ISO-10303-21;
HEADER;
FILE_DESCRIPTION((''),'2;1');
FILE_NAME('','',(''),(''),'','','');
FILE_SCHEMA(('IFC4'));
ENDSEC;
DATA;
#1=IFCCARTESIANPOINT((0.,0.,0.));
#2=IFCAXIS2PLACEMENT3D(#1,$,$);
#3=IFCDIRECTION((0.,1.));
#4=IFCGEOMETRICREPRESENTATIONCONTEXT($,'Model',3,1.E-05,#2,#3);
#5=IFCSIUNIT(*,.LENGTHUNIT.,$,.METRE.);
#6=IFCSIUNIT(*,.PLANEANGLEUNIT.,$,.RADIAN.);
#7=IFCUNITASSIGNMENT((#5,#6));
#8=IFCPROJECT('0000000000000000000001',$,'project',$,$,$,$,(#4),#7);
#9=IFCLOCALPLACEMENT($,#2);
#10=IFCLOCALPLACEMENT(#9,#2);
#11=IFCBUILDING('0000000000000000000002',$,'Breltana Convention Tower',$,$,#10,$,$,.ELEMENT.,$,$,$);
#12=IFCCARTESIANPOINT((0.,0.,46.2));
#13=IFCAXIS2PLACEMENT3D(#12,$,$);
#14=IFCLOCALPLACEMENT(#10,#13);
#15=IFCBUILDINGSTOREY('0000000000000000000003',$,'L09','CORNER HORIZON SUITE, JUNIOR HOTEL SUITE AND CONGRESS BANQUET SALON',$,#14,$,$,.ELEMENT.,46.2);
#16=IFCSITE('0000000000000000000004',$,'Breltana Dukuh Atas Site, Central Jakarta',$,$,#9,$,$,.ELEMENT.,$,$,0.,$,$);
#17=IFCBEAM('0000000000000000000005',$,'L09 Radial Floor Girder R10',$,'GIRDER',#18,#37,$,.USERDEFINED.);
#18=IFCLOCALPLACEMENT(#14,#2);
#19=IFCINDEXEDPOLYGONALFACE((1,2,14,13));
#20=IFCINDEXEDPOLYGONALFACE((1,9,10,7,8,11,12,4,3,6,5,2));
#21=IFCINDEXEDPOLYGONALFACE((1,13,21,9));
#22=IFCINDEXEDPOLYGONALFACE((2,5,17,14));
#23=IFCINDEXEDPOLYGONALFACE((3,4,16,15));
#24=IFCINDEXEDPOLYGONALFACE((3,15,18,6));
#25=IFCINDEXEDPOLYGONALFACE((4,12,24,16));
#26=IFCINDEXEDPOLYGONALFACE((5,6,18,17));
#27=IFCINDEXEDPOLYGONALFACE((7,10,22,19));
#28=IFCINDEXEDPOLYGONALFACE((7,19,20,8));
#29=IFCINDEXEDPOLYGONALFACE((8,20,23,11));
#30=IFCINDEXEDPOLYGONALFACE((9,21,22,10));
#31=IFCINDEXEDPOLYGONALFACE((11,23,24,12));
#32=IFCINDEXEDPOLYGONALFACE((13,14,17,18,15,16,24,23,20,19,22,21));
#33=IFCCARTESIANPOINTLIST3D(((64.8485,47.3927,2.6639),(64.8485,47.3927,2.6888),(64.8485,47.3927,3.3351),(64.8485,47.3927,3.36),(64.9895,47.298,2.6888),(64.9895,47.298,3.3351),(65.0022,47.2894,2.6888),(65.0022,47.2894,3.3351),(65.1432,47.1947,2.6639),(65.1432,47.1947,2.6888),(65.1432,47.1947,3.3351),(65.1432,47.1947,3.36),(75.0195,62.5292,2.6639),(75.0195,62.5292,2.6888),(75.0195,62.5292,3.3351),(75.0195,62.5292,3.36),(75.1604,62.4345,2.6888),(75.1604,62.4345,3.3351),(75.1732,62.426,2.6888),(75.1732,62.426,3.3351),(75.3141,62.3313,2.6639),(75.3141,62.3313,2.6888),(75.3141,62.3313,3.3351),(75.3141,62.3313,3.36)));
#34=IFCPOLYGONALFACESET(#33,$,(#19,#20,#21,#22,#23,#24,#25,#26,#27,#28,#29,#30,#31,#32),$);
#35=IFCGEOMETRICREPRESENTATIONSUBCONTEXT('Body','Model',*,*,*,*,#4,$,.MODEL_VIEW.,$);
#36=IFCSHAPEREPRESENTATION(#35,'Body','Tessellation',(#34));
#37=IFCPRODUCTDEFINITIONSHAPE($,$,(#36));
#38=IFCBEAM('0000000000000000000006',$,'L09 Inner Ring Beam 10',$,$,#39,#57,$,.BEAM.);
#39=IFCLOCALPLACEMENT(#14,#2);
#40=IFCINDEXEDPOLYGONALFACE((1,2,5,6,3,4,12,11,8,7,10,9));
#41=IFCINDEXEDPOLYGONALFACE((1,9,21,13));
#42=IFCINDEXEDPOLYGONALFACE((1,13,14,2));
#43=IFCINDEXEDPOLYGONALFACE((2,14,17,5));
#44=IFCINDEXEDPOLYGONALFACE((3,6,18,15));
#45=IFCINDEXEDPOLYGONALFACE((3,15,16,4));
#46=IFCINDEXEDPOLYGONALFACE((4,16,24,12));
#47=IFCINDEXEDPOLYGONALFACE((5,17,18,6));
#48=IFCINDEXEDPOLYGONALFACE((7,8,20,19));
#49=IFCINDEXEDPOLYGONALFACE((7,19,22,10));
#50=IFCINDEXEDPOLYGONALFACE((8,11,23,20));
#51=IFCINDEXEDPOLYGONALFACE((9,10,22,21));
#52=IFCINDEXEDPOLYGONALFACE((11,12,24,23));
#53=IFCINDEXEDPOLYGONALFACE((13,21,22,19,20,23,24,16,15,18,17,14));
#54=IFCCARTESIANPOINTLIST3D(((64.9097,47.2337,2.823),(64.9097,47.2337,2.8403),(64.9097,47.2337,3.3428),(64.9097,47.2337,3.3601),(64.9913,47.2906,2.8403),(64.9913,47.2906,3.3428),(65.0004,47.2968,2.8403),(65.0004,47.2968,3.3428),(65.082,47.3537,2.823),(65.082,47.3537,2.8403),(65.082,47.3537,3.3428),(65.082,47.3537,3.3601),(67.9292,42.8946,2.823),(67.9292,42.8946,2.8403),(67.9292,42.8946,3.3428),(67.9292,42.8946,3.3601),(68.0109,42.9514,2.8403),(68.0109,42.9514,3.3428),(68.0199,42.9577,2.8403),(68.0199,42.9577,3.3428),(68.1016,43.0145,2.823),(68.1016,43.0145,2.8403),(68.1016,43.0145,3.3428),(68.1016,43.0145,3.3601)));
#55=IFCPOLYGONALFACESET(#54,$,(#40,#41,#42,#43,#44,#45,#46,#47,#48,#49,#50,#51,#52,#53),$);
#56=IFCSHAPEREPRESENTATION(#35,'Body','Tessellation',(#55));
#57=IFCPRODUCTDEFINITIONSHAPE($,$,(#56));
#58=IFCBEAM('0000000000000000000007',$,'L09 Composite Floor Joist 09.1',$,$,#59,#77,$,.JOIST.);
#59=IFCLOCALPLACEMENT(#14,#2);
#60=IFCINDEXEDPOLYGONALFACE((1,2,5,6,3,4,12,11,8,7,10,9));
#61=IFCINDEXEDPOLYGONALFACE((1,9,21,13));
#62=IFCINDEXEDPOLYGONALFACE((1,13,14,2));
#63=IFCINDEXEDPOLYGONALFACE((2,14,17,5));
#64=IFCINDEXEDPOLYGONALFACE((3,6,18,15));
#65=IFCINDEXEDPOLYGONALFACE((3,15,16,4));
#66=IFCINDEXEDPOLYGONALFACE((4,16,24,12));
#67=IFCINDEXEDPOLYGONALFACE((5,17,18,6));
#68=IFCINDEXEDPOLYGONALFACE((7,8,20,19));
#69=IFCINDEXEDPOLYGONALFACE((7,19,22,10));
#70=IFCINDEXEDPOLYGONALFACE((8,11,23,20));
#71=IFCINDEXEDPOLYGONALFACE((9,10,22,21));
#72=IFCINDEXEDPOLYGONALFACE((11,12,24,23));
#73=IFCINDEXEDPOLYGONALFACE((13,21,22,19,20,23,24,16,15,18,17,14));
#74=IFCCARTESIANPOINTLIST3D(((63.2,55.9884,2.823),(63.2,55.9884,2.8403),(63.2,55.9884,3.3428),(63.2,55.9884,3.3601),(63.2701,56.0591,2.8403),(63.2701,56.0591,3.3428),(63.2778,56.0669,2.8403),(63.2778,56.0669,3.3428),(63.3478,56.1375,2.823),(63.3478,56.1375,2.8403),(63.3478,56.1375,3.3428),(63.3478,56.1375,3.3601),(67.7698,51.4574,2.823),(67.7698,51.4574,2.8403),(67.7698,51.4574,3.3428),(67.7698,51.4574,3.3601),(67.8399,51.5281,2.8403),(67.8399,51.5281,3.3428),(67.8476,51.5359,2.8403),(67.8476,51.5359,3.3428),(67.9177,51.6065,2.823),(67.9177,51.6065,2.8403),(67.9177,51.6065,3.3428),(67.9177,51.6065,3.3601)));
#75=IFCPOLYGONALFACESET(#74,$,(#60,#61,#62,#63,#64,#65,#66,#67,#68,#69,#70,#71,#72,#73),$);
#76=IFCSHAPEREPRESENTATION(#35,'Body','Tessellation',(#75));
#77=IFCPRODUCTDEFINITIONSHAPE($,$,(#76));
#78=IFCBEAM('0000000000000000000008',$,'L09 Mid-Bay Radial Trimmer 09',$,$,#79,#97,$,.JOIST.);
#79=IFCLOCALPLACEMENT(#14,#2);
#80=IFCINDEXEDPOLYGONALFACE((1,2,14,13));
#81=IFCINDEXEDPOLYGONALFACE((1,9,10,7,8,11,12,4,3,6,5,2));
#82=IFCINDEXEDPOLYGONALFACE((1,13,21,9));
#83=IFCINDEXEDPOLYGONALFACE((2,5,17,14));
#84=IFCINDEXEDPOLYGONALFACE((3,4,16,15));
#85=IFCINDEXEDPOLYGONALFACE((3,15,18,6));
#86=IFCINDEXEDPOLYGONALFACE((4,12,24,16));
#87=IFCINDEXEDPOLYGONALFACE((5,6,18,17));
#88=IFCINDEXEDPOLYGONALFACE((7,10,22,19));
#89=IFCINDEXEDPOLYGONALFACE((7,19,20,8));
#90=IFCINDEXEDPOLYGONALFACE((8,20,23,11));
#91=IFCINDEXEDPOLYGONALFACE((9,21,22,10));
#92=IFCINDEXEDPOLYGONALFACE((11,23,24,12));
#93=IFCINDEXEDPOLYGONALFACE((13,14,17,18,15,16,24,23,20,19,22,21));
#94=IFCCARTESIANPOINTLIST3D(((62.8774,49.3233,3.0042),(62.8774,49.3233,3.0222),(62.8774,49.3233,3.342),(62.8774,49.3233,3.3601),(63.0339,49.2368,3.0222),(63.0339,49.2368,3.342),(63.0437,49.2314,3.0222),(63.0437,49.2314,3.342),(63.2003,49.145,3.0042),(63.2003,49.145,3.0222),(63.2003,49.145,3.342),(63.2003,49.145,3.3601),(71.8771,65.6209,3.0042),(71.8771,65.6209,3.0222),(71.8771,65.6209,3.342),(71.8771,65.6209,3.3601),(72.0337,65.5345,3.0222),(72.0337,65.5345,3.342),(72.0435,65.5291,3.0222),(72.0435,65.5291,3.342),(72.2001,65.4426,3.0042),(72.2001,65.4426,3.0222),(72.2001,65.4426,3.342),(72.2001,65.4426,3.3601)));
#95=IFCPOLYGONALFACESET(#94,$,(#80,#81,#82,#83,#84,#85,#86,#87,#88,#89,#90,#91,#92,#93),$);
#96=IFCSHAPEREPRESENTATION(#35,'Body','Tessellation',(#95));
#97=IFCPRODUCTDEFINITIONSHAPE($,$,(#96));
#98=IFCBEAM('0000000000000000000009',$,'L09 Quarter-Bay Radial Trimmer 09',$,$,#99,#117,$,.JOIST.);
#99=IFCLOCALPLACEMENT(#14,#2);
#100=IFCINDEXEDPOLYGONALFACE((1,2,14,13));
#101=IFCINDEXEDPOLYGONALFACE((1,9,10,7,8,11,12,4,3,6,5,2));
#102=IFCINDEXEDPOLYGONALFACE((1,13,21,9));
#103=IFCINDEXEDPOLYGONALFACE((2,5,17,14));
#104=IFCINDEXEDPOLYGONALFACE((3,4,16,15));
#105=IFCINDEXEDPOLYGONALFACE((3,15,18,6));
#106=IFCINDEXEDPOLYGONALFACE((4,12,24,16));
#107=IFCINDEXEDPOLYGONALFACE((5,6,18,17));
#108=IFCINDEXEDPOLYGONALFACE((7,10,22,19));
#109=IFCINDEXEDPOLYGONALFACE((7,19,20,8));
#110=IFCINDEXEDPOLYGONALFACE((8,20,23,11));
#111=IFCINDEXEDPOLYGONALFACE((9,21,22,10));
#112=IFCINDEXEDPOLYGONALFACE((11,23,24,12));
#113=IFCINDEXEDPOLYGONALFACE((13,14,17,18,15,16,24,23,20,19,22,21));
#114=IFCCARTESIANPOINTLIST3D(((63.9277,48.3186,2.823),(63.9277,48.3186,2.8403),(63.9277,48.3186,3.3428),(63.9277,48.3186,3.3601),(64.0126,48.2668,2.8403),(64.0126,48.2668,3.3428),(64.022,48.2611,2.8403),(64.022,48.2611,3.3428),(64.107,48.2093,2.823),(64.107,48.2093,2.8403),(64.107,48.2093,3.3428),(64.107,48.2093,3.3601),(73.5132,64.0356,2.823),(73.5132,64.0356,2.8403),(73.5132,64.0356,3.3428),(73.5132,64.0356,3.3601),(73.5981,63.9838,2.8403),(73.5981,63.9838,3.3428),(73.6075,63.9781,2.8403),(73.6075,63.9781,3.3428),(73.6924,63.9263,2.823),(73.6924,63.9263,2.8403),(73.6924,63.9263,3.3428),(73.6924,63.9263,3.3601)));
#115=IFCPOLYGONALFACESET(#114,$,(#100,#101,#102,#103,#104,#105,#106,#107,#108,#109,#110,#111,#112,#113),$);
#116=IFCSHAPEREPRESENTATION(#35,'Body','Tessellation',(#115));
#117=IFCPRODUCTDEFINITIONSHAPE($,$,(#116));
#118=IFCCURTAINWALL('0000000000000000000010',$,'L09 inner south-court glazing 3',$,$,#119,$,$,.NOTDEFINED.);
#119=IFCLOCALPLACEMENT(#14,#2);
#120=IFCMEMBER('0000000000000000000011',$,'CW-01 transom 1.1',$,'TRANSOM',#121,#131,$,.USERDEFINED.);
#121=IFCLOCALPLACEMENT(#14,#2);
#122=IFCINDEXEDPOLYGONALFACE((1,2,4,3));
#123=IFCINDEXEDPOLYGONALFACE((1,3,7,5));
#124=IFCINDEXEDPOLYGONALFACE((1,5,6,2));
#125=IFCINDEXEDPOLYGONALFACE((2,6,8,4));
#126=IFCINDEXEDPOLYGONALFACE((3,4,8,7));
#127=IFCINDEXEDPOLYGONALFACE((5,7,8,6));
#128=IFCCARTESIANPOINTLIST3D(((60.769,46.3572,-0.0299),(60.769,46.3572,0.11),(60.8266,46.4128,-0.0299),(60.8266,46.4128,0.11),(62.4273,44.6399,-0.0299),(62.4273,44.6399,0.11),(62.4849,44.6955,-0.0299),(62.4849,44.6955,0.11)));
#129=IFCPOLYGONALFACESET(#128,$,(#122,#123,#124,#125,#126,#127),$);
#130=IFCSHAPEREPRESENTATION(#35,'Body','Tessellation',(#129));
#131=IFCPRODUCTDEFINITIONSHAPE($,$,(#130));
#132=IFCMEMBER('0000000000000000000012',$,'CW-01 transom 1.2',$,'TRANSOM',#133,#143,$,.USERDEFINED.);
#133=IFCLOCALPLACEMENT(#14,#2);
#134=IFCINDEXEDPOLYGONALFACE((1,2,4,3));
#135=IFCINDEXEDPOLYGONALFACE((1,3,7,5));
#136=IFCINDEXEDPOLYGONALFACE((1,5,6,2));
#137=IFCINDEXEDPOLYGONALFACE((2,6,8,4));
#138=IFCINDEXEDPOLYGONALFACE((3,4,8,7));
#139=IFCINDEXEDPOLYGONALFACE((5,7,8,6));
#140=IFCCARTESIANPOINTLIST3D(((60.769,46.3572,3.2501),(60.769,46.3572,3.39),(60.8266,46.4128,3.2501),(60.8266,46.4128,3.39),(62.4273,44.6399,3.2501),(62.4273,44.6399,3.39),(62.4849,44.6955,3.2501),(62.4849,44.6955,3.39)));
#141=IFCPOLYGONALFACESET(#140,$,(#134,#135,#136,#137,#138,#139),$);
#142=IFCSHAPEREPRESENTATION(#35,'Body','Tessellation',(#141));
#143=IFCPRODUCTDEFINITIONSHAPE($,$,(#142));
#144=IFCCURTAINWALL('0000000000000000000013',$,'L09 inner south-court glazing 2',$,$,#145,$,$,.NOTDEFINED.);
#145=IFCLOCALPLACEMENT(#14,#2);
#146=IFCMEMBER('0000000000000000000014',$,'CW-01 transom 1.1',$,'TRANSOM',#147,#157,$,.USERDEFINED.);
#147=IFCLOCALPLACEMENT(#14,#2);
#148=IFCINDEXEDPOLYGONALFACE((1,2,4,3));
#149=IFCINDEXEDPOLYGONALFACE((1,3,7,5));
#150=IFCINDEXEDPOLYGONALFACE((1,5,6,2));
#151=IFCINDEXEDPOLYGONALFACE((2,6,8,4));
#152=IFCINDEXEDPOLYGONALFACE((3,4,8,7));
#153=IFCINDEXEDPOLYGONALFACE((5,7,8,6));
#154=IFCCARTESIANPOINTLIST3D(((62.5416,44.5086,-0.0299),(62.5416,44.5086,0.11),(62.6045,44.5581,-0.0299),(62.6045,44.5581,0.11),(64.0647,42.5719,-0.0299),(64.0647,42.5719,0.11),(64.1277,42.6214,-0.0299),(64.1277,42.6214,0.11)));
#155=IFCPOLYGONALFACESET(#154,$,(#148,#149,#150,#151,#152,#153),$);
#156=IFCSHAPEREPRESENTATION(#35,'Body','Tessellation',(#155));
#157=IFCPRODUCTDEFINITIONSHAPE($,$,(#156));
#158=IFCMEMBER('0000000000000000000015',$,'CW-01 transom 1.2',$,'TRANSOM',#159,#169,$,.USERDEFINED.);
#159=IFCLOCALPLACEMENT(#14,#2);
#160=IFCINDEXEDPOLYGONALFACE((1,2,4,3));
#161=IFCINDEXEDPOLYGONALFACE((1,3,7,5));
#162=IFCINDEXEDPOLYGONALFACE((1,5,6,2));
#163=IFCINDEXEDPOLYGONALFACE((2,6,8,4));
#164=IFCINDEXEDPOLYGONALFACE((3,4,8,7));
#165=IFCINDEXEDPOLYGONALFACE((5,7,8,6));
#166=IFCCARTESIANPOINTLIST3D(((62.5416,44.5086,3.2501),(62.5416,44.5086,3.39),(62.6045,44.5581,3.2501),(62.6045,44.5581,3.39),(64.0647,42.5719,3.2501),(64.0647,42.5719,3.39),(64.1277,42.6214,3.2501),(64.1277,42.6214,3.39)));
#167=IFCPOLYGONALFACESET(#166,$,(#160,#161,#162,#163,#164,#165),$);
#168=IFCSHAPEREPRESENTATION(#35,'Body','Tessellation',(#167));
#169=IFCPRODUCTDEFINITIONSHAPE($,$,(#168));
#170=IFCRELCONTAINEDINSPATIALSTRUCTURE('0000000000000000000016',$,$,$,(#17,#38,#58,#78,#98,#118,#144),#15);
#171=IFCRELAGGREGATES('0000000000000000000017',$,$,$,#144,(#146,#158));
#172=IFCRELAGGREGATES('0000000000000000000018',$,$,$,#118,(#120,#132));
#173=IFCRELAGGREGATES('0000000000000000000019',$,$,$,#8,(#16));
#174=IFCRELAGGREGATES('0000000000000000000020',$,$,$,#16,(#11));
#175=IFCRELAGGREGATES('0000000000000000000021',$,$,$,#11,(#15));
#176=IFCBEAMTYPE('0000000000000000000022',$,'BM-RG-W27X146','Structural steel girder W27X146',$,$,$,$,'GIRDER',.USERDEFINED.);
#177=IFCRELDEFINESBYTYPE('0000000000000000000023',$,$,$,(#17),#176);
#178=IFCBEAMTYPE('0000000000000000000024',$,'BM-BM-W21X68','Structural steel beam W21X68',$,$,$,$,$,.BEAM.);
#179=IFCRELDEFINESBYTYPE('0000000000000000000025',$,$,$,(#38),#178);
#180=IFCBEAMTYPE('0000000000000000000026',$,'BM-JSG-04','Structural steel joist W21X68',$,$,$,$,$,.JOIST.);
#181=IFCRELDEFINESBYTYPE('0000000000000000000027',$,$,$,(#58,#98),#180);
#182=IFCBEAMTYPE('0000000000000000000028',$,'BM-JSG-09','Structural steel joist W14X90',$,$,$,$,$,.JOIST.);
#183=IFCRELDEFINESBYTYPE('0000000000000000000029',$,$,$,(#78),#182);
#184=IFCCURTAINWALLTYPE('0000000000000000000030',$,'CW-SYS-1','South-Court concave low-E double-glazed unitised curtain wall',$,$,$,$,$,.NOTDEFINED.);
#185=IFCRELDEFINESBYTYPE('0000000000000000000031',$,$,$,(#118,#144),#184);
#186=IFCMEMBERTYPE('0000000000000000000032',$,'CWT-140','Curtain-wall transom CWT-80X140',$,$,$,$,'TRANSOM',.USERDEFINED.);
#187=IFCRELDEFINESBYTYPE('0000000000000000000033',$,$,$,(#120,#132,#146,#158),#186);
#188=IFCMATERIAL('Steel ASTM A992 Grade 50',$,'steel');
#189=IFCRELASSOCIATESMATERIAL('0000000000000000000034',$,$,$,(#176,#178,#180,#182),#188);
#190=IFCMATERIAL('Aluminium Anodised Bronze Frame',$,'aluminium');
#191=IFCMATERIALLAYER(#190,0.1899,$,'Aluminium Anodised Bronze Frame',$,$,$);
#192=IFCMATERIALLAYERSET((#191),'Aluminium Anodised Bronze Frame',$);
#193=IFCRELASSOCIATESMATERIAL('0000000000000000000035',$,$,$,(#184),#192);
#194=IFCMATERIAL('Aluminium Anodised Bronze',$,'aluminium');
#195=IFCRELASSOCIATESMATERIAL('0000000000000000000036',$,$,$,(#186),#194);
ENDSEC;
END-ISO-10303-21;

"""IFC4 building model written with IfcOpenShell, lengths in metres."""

from ifc_helpers import new_model, si_unit, direction, frame, origin, origin_2d, place, context, subcontext, project, spatial, rectangle, i_section, extrude, source, transform, mapped, material, layer, layer_set, material_profile, profile_set, type_object, type_shapes, element, aggregate, save


model = new_model("IFC4")

# Units and contexts
model_context = context("Model", 3, precision=1e-05, world=origin(), true_north=direction((0.0, 1.0)))
body_context = subcontext(model_context, "Body", "Model", "MODEL_VIEW")
ifc_project = project(units=[si_unit("LENGTHUNIT", "METRE"), si_unit("PLANEANGLEUNIT", "RADIAN")], contexts=[model_context])

# Site, building, storey
site_placement = place(None, origin())
site = spatial("IfcSite", under=ifc_project, at=site_placement, Name="Breltana Dukuh Atas Site, Central Jakarta", CompositionType="ELEMENT", RefElevation=0.0)
building_placement = place(site_placement, origin())
building = spatial("IfcBuilding", under=site, at=building_placement, Name="Breltana Convention Tower", CompositionType="ELEMENT")
storey_placement = place(building_placement, frame((0.0, 0.0, 46.2)))
storey = spatial("IfcBuildingStorey", under=building, at=storey_placement, Name="L09", Description="CORNER HORIZON SUITE, JUNIOR HOTEL SUITE AND CONGRESS BANQUET SALON", CompositionType="ELEMENT", Elevation=46.2)

# Beams
ifc_material_1 = material(Name="Steel ASTM A992 Grade 50", Category="steel")
ifc_material_profile_1 = material_profile(ifc_material_1, i_section(OverallWidth=0.355, OverallDepth=0.696, WebThickness=0.0154, FlangeThickness=0.0249, at=origin_2d()), Name="W27X146")
ifc_profile_set_1 = profile_set([ifc_material_profile_1], Name="Steel ASTM A992 Grade 50")
beam_type_1 = type_object("IfcBeamType", Name="BM-RG-W27X146", Description="Structural steel girder W27X146", ElementType="GIRDER", PredefinedType="USERDEFINED", material=ifc_profile_set_1)
shared_shape_1 = source(origin(), body_context, "Body", "SweptSolid", [
    extrude(i_section(OverallWidth=0.355, OverallDepth=0.696, WebThickness=0.0154, FlangeThickness=0.0249, at=origin_2d()), origin(), (0.0, 0.0, 1.0), 18.2363),
])
beam_1_placement = place(storey_placement, frame((64.9958, 47.2937, 3.012), z_axis=(0.55773, 0.830022, 0.0), x_axis=(-0.830022, 0.55773, 0.0)))
element("IfcBeam", 1, at=beam_1_placement, inside=storey, type_object=beam_type_1, Name="L09 Radial Floor Girder R10", ObjectType="GIRDER", PredefinedType="USERDEFINED", context=body_context, shape_type="MappedRepresentation", body=[
    mapped(shared_shape_1, transform((0.0, 0.0, 0.0), scale=1.0)),
])
ifc_material_profile_2 = material_profile(ifc_material_1, i_section(OverallWidth=0.21, OverallDepth=0.5371, WebThickness=0.011, FlangeThickness=0.0173, at=origin_2d()), Name="W21X68")
ifc_profile_set_2 = profile_set([ifc_material_profile_2], Name="Steel ASTM A992 Grade 50")
beam_type_2 = type_object("IfcBeamType", Name="BM-BM-W21X68", Description="Structural steel beam W21X68", PredefinedType="BEAM", material=ifc_profile_set_2)
shared_shape_2 = source(origin(), body_context, "Body", "SweptSolid", [
    extrude(i_section(OverallWidth=0.21, OverallDepth=0.5371, WebThickness=0.011, FlangeThickness=0.0173, at=origin_2d()), origin(), (0.0, 0.0, 1.0), 5.2864),
])
beam_2_placement = place(storey_placement, frame((64.9958, 47.2937, 3.0916), z_axis=(0.571194, -0.820815, 0.0), x_axis=(0.820815, 0.571194, 0.0)))
element("IfcBeam", 2, at=beam_2_placement, inside=storey, type_object=beam_type_2, Name="L09 Inner Ring Beam 10", PredefinedType="BEAM", context=body_context, shape_type="MappedRepresentation", body=[
    mapped(shared_shape_2, transform((0.0, 0.0, 0.0), scale=1.0)),
])
ifc_material_profile_3 = material_profile(ifc_material_1, i_section(OverallWidth=0.21, OverallDepth=0.5371, WebThickness=0.011, FlangeThickness=0.0173, at=origin_2d()), Name="W21X68")
ifc_profile_set_3 = profile_set([ifc_material_profile_3], Name="Steel ASTM A992 Grade 50")
beam_type_3 = type_object("IfcBeamType", Name="BM-JSG-04", Description="Structural steel joist W21X68", PredefinedType="JOIST", material=ifc_profile_set_3)
shared_shape_3 = source(origin(), body_context, "Body", "SweptSolid", [
    extrude(i_section(OverallWidth=0.21, OverallDepth=0.5371, WebThickness=0.011, FlangeThickness=0.0173, at=origin_2d()), origin(), (0.0, 0.0, 1.0), 6.4353),
])
beam_3_placement = place(storey_placement, frame((63.2739, 56.063, 3.0916), z_axis=(0.710116, -0.704084, 0.0), x_axis=(0.704084, 0.710116, 0.0)))
element("IfcBeam", 3, at=beam_3_placement, inside=storey, type_object=beam_type_3, Name="L09 Composite Floor Joist 09.1", PredefinedType="JOIST", context=body_context, shape_type="MappedRepresentation", body=[
    mapped(shared_shape_3, transform((0.0, 0.0, 0.0), scale=1.0)),
])
ifc_material_profile_4 = material_profile(ifc_material_1, i_section(OverallWidth=0.3689, OverallDepth=0.356, WebThickness=0.0112, FlangeThickness=0.0181, at=origin_2d()), Name="W14X90")
ifc_profile_set_4 = profile_set([ifc_material_profile_4], Name="Steel ASTM A992 Grade 50")
beam_type_4 = type_object("IfcBeamType", Name="BM-JSG-09", Description="Structural steel joist W14X90", PredefinedType="JOIST", material=ifc_profile_set_4)
shared_shape_4 = source(origin(), body_context, "Body", "SweptSolid", [
    extrude(i_section(OverallWidth=0.3689, OverallDepth=0.356, WebThickness=0.0112, FlangeThickness=0.0181, at=origin_2d()), origin(), (0.0, 0.0, 1.0), 18.6174),
])
beam_4_placement = place(storey_placement, frame((63.0388, 49.2341, 3.1821), z_axis=(0.483406, 0.875396, 0.0), x_axis=(-0.875396, 0.483406, 0.0)))
element("IfcBeam", 4, at=beam_4_placement, inside=storey, type_object=beam_type_4, Name="L09 Mid-Bay Radial Trimmer 09", PredefinedType="JOIST", context=body_context, shape_type="MappedRepresentation", body=[
    mapped(shared_shape_4, transform((0.0, 0.0, 0.0), scale=1.0)),
])
shared_shape_5 = source(origin(), body_context, "Body", "SweptSolid", [
    extrude(i_section(OverallWidth=0.21, OverallDepth=0.5371, WebThickness=0.011, FlangeThickness=0.0173, at=origin_2d()), origin(), (0.0, 0.0, 1.0), 18.4094),
])
beam_5_placement = place(storey_placement, frame((64.0173, 48.2639, 3.0916), z_axis=(0.520682, 0.853751, 0.0), x_axis=(-0.853751, 0.520682, 0.0)))
element("IfcBeam", 5, at=beam_5_placement, inside=storey, type_object=beam_type_3, Name="L09 Quarter-Bay Radial Trimmer 09", PredefinedType="JOIST", context=body_context, shape_type="MappedRepresentation", body=[
    mapped(shared_shape_5, transform((0.0, 0.0, 0.0), scale=1.0)),
])

# Curtain walls, members
ifc_material_2 = material(Name="Aluminium Anodised Bronze Frame", Category="aluminium")
ifc_layer_1 = layer(ifc_material_2, 0.1899, Name="Aluminium Anodised Bronze Frame")
ifc_layer_set_1 = layer_set([ifc_layer_1], Name="Aluminium Anodised Bronze Frame")
curtain_wall_type = type_object("IfcCurtainWallType", Name="CW-SYS-1", Description="South-Court concave low-E double-glazed unitised curtain wall", PredefinedType="NOTDEFINED", material=ifc_layer_set_1)
curtain_wall_1_placement = place(storey_placement, origin())
curtain_wall_1 = element("IfcCurtainWall", 6, at=curtain_wall_1_placement, inside=storey, type_object=curtain_wall_type, Name="L09 inner south-court glazing 3", PredefinedType="NOTDEFINED")
ifc_material_3 = material(Name="Aluminium Anodised Bronze", Category="aluminium")
ifc_material_profile_5 = material_profile(ifc_material_3, rectangle(XDim=0.0801, YDim=0.1399, at=origin_2d()), Name="CWT-80X140")
ifc_profile_set_5 = profile_set([ifc_material_profile_5], Name="Aluminium Anodised Bronze")
member_type_1 = type_object("IfcMemberType", Name="CWT-140", Description="Curtain-wall transom CWT-80X140", ElementType="TRANSOM", PredefinedType="USERDEFINED", material=ifc_profile_set_5)
shared_shape_6 = source(origin(), body_context, "Body", "SweptSolid", [
    extrude(rectangle(XDim=0.0801, YDim=0.1399, at=origin_2d()), origin(), (0.0, 0.0, 1.0), 2.3872),
])
type_shapes(member_type_1, [shared_shape_6])
member_1_placement = place(storey_placement, frame((62.4561, 44.6677, 0.04), z_axis=(-0.694624, 0.719373, 0.0), x_axis=(-0.719373, -0.694624, 0.0)))
member_1 = element("IfcMember", 7, at=member_1_placement, type_object=member_type_1, Name="CW-01 transom 1.1", ObjectType="TRANSOM", PredefinedType="USERDEFINED", context=body_context, shape_type="MappedRepresentation", body=[
    mapped(shared_shape_6, transform((0.0, 0.0, 0.0), scale=1.0)),
])
member_2_placement = place(storey_placement, frame((62.4561, 44.6677, 3.3201), z_axis=(-0.694624, 0.719373, 0.0), x_axis=(-0.719373, -0.694624, 0.0)))
member_2 = element("IfcMember", 8, at=member_2_placement, type_object=member_type_1, Name="CW-01 transom 1.2", ObjectType="TRANSOM", PredefinedType="USERDEFINED", context=body_context, shape_type="MappedRepresentation", body=[
    mapped(shared_shape_6, transform((0.0, 0.0, 0.0), scale=1.0)),
])
curtain_wall_2_placement = place(storey_placement, origin())
curtain_wall_2 = element("IfcCurtainWall", 9, at=curtain_wall_2_placement, inside=storey, type_object=curtain_wall_type, Name="L09 inner south-court glazing 2", PredefinedType="NOTDEFINED")
shared_shape_7 = source(origin(), body_context, "Body", "SweptSolid", [
    extrude(rectangle(XDim=0.0801, YDim=0.1399, at=origin_2d()), origin(), (0.0, 0.0, 1.0), 2.4639),
])
member_3_placement = place(storey_placement, frame((64.0962, 42.5967, 0.04), z_axis=(-0.618185, 0.786033, 0.0), x_axis=(-0.786033, -0.618185, 0.0)))
member_3 = element("IfcMember", 10, at=member_3_placement, type_object=member_type_1, Name="CW-01 transom 1.1", ObjectType="TRANSOM", PredefinedType="USERDEFINED", context=body_context, shape_type="MappedRepresentation", body=[
    mapped(shared_shape_7, transform((0.0, 0.0, 0.0), scale=1.0)),
])
member_4_placement = place(storey_placement, frame((64.0962, 42.5967, 3.3201), z_axis=(-0.618185, 0.786033, 0.0), x_axis=(-0.786033, -0.618185, 0.0)))
member_4 = element("IfcMember", 11, at=member_4_placement, type_object=member_type_1, Name="CW-01 transom 1.2", ObjectType="TRANSOM", PredefinedType="USERDEFINED", context=body_context, shape_type="MappedRepresentation", body=[
    mapped(shared_shape_7, transform((0.0, 0.0, 0.0), scale=1.0)),
])

aggregate(curtain_wall_2, [member_3, member_4])
aggregate(curtain_wall_1, [member_1, member_2])

save(model, "model.ifc")
